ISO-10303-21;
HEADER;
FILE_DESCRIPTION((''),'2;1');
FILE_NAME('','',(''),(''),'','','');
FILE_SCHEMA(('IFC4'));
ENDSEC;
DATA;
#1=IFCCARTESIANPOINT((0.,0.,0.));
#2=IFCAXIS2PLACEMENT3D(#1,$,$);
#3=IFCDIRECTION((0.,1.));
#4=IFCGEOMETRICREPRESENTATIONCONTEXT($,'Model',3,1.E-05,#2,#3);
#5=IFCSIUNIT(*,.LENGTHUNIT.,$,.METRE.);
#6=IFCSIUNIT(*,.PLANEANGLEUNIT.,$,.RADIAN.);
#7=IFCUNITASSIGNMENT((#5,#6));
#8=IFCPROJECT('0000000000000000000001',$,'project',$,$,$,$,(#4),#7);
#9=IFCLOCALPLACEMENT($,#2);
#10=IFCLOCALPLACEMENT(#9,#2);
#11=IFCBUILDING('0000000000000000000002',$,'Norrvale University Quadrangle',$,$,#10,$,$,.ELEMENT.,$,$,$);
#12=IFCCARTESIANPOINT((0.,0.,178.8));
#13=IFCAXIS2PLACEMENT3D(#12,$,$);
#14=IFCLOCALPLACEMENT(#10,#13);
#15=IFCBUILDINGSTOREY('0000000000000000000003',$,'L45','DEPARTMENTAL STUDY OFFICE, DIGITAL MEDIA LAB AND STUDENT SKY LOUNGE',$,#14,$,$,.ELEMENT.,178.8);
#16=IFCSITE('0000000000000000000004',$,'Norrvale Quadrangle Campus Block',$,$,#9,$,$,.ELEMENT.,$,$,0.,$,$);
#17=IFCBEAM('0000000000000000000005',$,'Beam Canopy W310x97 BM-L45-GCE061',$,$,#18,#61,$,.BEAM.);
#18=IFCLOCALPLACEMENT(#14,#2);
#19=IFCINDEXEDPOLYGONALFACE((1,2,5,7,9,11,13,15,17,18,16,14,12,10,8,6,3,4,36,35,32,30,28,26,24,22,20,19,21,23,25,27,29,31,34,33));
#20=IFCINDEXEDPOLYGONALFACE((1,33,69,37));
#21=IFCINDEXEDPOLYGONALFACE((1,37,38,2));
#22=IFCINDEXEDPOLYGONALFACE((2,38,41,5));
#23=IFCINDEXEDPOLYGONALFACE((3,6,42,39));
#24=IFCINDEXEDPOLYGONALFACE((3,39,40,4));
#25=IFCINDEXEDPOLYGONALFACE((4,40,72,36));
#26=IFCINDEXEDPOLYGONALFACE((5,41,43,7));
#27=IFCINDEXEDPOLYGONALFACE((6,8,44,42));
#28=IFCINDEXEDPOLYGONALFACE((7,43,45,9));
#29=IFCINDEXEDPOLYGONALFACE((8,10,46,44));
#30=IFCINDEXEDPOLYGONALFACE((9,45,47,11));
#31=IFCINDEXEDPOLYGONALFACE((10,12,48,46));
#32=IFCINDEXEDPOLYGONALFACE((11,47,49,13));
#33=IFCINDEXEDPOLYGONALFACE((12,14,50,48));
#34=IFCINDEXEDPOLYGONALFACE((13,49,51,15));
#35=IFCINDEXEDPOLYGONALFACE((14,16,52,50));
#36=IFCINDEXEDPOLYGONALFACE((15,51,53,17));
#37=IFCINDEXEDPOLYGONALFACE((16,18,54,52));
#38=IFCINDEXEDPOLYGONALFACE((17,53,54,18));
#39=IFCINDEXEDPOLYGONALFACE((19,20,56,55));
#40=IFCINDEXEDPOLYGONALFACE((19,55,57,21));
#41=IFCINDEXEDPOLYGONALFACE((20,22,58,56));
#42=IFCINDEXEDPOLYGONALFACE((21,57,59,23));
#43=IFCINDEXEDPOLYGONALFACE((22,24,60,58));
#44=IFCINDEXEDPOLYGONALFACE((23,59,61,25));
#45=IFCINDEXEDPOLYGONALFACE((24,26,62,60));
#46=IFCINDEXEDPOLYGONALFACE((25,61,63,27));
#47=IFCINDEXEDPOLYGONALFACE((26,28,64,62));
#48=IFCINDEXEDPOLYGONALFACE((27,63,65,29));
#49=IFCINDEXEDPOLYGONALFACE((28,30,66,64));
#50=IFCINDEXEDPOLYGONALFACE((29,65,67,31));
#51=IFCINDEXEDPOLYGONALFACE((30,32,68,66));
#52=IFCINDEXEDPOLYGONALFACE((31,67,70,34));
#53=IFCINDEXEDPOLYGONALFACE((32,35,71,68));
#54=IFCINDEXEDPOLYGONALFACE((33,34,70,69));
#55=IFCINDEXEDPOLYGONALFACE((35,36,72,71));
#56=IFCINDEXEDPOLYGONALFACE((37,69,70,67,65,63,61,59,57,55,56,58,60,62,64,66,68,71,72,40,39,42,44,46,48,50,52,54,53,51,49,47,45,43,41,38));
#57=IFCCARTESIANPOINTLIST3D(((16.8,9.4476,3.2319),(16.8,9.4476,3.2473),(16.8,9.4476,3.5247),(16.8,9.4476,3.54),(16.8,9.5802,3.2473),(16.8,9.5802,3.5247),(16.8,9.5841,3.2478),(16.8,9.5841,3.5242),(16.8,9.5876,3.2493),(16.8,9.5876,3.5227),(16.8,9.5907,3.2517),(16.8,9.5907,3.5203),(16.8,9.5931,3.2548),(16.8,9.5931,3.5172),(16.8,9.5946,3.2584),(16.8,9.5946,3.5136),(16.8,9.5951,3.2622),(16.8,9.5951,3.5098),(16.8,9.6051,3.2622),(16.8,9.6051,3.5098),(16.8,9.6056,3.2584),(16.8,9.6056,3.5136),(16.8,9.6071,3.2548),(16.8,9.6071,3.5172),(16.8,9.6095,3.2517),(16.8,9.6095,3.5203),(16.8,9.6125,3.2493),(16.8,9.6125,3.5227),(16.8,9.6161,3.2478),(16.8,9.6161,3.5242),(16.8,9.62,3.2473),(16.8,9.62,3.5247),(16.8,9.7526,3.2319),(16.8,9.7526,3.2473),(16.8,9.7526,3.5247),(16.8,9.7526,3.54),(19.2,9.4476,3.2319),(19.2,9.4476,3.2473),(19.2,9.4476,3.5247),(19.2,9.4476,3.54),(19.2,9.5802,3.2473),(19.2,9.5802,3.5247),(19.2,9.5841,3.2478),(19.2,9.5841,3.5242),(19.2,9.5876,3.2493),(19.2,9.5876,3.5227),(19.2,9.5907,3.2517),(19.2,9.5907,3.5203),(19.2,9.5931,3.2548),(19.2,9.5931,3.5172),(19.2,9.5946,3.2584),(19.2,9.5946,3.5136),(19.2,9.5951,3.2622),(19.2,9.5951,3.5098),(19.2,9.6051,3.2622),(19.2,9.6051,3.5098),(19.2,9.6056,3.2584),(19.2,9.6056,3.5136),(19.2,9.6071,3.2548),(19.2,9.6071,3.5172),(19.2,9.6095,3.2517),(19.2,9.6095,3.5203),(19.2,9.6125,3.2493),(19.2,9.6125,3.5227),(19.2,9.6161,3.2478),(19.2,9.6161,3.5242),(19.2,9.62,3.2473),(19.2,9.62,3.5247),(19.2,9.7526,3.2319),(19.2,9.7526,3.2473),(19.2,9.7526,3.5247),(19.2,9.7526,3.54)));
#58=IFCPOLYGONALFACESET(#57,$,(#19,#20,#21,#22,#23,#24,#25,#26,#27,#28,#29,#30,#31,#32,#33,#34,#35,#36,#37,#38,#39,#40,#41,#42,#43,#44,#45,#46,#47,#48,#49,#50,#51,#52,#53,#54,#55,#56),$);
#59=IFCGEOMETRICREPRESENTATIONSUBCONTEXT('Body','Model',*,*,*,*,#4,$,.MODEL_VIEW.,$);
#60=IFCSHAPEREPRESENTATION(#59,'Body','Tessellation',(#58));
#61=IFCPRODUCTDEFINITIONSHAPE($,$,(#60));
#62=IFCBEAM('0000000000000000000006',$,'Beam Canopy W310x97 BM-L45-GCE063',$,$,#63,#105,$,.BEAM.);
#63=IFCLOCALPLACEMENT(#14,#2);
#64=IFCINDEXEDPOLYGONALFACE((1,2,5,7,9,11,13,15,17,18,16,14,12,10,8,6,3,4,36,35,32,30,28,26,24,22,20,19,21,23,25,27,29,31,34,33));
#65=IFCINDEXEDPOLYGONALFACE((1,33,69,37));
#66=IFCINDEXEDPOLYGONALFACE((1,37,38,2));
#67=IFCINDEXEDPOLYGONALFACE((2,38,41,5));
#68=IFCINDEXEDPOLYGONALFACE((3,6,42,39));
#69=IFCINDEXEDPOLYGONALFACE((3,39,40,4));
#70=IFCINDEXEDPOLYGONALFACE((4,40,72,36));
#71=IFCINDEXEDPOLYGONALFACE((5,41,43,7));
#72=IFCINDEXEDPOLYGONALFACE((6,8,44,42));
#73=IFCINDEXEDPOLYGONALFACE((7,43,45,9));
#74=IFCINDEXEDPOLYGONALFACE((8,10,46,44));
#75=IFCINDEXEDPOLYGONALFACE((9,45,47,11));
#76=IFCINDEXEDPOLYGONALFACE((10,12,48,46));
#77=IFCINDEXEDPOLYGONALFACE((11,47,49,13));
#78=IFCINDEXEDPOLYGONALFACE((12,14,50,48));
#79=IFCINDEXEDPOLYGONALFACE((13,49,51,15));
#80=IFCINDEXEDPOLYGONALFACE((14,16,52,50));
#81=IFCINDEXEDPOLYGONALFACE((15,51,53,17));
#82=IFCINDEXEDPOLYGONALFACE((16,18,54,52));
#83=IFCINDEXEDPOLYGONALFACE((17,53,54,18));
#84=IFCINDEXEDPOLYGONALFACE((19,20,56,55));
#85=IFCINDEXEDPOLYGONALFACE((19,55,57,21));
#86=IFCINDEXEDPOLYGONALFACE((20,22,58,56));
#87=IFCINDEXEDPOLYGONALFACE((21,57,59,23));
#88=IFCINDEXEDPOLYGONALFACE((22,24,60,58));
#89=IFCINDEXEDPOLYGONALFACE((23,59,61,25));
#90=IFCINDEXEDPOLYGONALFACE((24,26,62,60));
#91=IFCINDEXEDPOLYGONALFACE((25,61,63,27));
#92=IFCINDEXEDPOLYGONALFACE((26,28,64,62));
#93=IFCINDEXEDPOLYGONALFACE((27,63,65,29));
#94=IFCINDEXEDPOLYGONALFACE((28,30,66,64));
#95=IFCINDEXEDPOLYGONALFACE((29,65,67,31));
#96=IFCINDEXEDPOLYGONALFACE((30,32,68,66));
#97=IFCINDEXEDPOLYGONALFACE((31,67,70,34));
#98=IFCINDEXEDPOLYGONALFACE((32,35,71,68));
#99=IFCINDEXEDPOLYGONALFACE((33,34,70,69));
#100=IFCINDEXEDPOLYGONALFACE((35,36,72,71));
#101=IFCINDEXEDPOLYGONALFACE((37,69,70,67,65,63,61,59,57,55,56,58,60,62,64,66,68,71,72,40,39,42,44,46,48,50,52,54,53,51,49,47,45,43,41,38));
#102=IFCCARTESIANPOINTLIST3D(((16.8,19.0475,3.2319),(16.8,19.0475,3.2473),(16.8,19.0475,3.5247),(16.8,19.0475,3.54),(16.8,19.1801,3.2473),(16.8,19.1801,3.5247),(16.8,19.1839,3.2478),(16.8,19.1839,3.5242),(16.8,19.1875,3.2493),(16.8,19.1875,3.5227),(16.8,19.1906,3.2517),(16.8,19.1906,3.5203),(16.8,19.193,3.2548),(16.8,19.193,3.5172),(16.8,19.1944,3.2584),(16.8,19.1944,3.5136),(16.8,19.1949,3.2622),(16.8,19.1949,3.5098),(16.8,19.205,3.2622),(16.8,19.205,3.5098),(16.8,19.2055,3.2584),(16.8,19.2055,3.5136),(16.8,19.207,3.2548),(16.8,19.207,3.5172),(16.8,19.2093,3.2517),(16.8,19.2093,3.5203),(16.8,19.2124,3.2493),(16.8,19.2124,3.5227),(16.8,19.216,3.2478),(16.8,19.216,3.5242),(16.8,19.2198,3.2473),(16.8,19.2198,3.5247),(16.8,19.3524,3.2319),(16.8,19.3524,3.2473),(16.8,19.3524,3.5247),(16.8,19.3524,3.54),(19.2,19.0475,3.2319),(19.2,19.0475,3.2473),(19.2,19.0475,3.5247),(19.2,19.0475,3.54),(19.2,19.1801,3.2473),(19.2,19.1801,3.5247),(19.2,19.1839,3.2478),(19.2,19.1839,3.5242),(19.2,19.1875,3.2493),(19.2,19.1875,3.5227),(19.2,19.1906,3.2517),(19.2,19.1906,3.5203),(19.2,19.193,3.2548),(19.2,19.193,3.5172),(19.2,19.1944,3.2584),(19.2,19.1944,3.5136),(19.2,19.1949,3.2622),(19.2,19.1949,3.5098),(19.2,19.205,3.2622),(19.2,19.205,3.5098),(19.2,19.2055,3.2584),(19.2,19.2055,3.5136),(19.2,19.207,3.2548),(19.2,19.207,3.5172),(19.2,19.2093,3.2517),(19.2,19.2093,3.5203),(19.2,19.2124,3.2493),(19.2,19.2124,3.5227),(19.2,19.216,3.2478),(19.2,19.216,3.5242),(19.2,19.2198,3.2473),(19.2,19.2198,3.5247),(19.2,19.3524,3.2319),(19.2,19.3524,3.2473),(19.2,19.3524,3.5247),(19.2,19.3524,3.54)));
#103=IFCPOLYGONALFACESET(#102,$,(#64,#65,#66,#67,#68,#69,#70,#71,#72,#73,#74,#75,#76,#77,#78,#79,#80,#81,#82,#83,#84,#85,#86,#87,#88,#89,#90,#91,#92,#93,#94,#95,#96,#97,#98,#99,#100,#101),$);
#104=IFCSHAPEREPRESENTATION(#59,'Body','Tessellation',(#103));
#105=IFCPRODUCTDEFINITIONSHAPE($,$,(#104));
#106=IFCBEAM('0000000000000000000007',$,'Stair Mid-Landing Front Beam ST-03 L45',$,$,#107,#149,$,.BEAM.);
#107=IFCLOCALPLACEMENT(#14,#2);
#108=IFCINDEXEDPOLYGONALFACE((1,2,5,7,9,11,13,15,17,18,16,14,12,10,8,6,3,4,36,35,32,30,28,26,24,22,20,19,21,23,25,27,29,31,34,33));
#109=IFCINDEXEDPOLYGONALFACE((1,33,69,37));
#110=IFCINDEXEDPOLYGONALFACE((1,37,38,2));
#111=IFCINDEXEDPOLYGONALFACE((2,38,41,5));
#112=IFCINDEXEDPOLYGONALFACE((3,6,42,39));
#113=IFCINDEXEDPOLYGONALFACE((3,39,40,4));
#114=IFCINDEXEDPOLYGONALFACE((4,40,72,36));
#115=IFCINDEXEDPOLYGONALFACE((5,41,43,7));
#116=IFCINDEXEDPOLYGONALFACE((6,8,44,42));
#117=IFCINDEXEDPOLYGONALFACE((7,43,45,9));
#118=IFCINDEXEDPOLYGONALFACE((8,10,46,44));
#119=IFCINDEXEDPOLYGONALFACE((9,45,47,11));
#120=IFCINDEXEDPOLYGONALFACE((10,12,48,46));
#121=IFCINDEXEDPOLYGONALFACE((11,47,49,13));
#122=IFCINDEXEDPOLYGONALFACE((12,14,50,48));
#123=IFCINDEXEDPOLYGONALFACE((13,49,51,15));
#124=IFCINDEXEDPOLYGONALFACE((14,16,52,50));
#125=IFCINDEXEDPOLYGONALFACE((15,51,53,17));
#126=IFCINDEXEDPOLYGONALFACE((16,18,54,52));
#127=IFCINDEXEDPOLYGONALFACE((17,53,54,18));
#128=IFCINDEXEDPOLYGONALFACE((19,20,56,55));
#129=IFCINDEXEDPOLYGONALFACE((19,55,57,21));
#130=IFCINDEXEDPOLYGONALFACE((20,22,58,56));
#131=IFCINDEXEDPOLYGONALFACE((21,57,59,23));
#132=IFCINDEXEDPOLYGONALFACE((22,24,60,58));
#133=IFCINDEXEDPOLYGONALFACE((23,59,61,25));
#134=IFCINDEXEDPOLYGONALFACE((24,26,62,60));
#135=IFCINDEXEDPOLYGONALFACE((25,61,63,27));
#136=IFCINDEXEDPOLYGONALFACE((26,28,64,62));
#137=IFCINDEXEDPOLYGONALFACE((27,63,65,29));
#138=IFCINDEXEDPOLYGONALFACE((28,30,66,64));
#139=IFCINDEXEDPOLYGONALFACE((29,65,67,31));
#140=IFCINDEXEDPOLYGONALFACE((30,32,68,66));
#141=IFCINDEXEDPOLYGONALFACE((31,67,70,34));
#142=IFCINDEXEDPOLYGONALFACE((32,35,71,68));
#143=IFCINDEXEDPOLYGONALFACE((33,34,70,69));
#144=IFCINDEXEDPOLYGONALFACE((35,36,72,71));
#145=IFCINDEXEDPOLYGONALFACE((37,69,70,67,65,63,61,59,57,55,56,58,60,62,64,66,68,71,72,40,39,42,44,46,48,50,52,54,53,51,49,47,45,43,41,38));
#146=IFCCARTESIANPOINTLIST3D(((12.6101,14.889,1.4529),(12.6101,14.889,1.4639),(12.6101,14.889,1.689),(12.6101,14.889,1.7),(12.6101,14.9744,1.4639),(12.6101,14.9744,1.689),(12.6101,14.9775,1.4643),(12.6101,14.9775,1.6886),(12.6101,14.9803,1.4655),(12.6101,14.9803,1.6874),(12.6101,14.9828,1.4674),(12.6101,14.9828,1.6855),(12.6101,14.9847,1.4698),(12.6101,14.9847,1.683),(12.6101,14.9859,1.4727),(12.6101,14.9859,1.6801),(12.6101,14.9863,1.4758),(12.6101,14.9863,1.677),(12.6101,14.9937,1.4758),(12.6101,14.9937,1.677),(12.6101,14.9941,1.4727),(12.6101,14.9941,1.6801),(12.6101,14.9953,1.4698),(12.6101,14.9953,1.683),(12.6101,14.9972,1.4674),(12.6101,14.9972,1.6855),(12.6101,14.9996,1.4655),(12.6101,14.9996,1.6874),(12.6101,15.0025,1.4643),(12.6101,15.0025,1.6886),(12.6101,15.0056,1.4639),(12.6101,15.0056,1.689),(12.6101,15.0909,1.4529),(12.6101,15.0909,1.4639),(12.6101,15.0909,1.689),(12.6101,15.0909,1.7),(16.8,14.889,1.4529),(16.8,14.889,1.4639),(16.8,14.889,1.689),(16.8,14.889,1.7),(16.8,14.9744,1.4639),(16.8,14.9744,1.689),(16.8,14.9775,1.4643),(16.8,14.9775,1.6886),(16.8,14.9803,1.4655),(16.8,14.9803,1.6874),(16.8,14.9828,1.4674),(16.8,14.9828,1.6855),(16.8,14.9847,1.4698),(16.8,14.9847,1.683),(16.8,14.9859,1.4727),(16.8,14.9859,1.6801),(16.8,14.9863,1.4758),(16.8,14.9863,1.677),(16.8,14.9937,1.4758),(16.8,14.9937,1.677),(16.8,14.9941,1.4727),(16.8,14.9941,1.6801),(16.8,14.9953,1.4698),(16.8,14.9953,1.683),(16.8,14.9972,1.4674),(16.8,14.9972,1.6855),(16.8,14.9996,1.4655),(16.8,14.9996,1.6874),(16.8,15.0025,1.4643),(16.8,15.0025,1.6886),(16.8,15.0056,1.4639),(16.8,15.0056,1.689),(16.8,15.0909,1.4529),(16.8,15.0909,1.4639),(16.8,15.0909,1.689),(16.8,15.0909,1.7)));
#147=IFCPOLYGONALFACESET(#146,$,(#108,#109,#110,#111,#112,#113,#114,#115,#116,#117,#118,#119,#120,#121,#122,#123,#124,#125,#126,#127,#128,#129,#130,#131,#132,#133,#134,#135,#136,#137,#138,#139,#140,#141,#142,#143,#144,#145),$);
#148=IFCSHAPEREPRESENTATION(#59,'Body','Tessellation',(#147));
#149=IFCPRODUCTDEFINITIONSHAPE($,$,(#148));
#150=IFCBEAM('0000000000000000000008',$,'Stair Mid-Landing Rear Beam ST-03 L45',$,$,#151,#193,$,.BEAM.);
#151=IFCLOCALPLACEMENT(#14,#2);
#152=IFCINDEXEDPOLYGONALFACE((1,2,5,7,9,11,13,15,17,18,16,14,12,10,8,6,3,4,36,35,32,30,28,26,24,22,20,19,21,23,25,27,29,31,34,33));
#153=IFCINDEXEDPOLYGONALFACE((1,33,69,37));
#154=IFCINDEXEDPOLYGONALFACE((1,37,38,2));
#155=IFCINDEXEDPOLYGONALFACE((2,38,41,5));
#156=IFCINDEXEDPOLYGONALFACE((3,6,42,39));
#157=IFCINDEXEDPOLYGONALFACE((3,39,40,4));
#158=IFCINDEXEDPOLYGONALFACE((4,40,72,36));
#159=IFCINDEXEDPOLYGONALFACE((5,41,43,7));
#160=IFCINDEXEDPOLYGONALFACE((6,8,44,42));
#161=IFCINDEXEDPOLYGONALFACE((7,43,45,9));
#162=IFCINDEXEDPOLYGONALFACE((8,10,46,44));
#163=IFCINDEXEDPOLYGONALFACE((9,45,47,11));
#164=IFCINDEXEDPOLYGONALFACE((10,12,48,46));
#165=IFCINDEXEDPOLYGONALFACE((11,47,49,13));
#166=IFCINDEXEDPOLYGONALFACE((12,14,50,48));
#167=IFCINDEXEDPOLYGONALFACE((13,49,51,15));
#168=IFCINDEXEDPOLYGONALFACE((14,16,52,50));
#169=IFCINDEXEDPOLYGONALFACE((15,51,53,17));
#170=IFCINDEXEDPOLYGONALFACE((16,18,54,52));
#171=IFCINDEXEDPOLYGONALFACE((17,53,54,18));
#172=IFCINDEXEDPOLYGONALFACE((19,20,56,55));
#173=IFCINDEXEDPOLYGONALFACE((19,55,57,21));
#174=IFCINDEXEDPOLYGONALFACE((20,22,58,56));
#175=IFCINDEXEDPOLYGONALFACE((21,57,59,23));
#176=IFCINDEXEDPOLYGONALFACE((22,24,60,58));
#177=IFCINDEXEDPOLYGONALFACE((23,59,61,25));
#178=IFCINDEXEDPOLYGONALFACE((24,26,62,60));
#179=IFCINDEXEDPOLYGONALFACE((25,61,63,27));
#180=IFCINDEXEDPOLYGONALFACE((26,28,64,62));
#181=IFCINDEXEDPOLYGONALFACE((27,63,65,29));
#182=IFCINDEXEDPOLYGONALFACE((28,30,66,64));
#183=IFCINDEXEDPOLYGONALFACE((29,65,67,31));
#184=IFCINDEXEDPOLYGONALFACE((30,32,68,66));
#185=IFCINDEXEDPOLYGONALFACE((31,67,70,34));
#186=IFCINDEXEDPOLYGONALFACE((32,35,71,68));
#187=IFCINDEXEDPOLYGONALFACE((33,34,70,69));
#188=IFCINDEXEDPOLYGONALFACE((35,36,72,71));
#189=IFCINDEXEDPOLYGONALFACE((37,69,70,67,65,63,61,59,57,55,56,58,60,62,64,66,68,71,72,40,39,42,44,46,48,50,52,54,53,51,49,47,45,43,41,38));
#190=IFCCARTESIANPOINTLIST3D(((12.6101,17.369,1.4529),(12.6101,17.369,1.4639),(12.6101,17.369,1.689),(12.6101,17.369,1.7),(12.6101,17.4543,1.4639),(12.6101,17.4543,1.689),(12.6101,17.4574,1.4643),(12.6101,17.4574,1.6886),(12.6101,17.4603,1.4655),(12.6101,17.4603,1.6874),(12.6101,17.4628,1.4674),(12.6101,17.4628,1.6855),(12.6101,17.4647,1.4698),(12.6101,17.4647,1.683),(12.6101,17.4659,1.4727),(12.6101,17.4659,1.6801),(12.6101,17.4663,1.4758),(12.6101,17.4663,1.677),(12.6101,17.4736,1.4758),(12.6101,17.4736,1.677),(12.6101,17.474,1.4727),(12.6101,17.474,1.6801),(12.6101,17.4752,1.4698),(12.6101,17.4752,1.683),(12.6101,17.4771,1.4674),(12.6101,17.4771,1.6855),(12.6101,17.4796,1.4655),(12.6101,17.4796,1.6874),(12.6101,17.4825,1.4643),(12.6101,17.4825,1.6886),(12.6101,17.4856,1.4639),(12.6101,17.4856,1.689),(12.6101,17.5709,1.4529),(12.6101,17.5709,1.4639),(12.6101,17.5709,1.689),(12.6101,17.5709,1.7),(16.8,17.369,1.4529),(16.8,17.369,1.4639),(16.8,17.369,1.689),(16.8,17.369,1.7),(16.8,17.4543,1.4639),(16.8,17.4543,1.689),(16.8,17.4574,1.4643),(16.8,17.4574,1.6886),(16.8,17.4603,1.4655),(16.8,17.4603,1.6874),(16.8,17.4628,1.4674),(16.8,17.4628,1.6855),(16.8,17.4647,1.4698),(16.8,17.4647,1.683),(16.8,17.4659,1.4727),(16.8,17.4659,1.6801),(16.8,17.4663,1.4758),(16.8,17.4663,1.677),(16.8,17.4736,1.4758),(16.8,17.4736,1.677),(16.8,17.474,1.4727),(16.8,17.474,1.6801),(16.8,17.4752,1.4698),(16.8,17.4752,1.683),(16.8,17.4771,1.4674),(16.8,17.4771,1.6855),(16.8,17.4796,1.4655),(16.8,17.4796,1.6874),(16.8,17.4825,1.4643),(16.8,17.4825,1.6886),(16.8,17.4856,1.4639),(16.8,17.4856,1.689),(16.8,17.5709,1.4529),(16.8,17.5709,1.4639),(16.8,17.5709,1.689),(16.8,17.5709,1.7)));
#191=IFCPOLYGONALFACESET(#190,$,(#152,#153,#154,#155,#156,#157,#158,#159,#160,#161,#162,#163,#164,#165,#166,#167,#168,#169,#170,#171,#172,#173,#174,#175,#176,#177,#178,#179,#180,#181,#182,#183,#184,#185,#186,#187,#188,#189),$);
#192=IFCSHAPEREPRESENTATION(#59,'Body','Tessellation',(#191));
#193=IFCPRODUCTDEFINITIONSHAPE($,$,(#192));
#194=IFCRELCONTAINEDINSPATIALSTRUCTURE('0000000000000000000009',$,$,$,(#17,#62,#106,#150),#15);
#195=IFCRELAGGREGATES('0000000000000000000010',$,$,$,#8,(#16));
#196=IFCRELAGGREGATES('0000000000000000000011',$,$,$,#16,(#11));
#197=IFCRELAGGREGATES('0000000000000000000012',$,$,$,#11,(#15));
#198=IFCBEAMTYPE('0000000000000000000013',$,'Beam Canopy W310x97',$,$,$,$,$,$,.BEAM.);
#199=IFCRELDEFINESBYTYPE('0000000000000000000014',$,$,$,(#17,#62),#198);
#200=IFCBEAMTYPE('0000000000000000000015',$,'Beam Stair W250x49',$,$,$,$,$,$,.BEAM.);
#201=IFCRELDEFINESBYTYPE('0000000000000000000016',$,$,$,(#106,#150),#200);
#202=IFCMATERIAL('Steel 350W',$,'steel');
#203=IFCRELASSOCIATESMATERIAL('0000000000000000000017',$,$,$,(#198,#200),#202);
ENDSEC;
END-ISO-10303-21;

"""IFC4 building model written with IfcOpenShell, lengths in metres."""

from ifc_helpers import new_model, si_unit, direction, frame, origin, origin_2d, place, context, subcontext, project, spatial, i_section, extrude, material, material_profile, profile_set, type_object, element, save


model = new_model("IFC4")

# Units and contexts
model_context = context("Model", 3, precision=1e-05, world=origin(), true_north=direction((0.0, 1.0)))
body_context = subcontext(model_context, "Body", "Model", "MODEL_VIEW")
ifc_project = project(units=[si_unit("LENGTHUNIT", "METRE"), si_unit("PLANEANGLEUNIT", "RADIAN")], contexts=[model_context])

# Site, building, storey
site_placement = place(None, origin())
site = spatial("IfcSite", under=ifc_project, at=site_placement, Name="Norrvale Quadrangle Campus Block", CompositionType="ELEMENT", RefElevation=0.0)
building_placement = place(site_placement, origin())
building = spatial("IfcBuilding", under=site, at=building_placement, Name="Norrvale University Quadrangle", CompositionType="ELEMENT")
storey_placement = place(building_placement, frame((0.0, 0.0, 178.8)))
storey = spatial("IfcBuildingStorey", under=building, at=storey_placement, Name="L45", Description="DEPARTMENTAL STUDY OFFICE, DIGITAL MEDIA LAB AND STUDENT SKY LOUNGE", CompositionType="ELEMENT", Elevation=178.8)

# Beams
ifc_material_1 = material(Name="Steel 350W", Category="steel")
ifc_material_profile_1 = material_profile(ifc_material_1, i_section(OverallWidth=0.3049, OverallDepth=0.3081, WebThickness=0.01, FlangeThickness=0.0154, FilletRadius=0.0149, at=origin_2d()), Name="Steel 350W")
ifc_profile_set_1 = profile_set([ifc_material_profile_1], Name="Steel 350W")
beam_type_1 = type_object("IfcBeamType", Name="Beam Canopy W310x97", PredefinedType="BEAM", material=ifc_profile_set_1)
for number, where, z_axis, x_axis, name in (
    (1, (16.8, 9.6001, 3.386), (1.0, 0.0, 0.0), (0.0, 1.0, 0.0), "Beam Canopy W310x97 BM-L45-GCE061"),
    (2, (16.8, 19.2, 3.386), (1.0, 0.0, 0.0), (0.0, 1.0, 0.0), "Beam Canopy W310x97 BM-L45-GCE063"),
):
    element("IfcBeam", number, at=place(storey_placement, frame(where, z_axis=z_axis, x_axis=x_axis)), inside=storey, type_object=beam_type_1, Name=name, PredefinedType="BEAM", context=body_context, shape_type="SweptSolid", body=[
        extrude(i_section(OverallWidth=0.3049, OverallDepth=0.3081, WebThickness=0.01, FlangeThickness=0.0154, FilletRadius=0.0149, at=origin_2d()), origin(), (0.0, 0.0, 1.0), 2.3999),
    ])
ifc_material_profile_2 = material_profile(ifc_material_1, i_section(OverallWidth=0.2019, OverallDepth=0.2471, WebThickness=0.0073, FlangeThickness=0.011, FilletRadius=0.012, at=origin_2d()), Name="Steel 350W")
ifc_profile_set_2 = profile_set([ifc_material_profile_2], Name="Steel 350W")
beam_type_2 = type_object("IfcBeamType", Name="Beam Stair W250x49", PredefinedType="BEAM", material=ifc_profile_set_2)
for number, where, z_axis, x_axis, name in (
    (3, (12.6101, 14.99, 1.5764), (1.0, 0.0, 0.0), (0.0, 1.0, 0.0), "Stair Mid-Landing Front Beam ST-03 L45"),
    (4, (12.6101, 17.47, 1.5764), (1.0, 0.0, 0.0), (0.0, 1.0, 0.0), "Stair Mid-Landing Rear Beam ST-03 L45"),
):
    element("IfcBeam", number, at=place(storey_placement, frame(where, z_axis=z_axis, x_axis=x_axis)), inside=storey, type_object=beam_type_2, Name=name, PredefinedType="BEAM", context=body_context, shape_type="SweptSolid", body=[
        extrude(i_section(OverallWidth=0.2019, OverallDepth=0.2471, WebThickness=0.0073, FlangeThickness=0.011, FilletRadius=0.012, at=origin_2d()), origin(), (0.0, 0.0, 1.0), 4.1899),
    ])

save(model, "model.ifc")
